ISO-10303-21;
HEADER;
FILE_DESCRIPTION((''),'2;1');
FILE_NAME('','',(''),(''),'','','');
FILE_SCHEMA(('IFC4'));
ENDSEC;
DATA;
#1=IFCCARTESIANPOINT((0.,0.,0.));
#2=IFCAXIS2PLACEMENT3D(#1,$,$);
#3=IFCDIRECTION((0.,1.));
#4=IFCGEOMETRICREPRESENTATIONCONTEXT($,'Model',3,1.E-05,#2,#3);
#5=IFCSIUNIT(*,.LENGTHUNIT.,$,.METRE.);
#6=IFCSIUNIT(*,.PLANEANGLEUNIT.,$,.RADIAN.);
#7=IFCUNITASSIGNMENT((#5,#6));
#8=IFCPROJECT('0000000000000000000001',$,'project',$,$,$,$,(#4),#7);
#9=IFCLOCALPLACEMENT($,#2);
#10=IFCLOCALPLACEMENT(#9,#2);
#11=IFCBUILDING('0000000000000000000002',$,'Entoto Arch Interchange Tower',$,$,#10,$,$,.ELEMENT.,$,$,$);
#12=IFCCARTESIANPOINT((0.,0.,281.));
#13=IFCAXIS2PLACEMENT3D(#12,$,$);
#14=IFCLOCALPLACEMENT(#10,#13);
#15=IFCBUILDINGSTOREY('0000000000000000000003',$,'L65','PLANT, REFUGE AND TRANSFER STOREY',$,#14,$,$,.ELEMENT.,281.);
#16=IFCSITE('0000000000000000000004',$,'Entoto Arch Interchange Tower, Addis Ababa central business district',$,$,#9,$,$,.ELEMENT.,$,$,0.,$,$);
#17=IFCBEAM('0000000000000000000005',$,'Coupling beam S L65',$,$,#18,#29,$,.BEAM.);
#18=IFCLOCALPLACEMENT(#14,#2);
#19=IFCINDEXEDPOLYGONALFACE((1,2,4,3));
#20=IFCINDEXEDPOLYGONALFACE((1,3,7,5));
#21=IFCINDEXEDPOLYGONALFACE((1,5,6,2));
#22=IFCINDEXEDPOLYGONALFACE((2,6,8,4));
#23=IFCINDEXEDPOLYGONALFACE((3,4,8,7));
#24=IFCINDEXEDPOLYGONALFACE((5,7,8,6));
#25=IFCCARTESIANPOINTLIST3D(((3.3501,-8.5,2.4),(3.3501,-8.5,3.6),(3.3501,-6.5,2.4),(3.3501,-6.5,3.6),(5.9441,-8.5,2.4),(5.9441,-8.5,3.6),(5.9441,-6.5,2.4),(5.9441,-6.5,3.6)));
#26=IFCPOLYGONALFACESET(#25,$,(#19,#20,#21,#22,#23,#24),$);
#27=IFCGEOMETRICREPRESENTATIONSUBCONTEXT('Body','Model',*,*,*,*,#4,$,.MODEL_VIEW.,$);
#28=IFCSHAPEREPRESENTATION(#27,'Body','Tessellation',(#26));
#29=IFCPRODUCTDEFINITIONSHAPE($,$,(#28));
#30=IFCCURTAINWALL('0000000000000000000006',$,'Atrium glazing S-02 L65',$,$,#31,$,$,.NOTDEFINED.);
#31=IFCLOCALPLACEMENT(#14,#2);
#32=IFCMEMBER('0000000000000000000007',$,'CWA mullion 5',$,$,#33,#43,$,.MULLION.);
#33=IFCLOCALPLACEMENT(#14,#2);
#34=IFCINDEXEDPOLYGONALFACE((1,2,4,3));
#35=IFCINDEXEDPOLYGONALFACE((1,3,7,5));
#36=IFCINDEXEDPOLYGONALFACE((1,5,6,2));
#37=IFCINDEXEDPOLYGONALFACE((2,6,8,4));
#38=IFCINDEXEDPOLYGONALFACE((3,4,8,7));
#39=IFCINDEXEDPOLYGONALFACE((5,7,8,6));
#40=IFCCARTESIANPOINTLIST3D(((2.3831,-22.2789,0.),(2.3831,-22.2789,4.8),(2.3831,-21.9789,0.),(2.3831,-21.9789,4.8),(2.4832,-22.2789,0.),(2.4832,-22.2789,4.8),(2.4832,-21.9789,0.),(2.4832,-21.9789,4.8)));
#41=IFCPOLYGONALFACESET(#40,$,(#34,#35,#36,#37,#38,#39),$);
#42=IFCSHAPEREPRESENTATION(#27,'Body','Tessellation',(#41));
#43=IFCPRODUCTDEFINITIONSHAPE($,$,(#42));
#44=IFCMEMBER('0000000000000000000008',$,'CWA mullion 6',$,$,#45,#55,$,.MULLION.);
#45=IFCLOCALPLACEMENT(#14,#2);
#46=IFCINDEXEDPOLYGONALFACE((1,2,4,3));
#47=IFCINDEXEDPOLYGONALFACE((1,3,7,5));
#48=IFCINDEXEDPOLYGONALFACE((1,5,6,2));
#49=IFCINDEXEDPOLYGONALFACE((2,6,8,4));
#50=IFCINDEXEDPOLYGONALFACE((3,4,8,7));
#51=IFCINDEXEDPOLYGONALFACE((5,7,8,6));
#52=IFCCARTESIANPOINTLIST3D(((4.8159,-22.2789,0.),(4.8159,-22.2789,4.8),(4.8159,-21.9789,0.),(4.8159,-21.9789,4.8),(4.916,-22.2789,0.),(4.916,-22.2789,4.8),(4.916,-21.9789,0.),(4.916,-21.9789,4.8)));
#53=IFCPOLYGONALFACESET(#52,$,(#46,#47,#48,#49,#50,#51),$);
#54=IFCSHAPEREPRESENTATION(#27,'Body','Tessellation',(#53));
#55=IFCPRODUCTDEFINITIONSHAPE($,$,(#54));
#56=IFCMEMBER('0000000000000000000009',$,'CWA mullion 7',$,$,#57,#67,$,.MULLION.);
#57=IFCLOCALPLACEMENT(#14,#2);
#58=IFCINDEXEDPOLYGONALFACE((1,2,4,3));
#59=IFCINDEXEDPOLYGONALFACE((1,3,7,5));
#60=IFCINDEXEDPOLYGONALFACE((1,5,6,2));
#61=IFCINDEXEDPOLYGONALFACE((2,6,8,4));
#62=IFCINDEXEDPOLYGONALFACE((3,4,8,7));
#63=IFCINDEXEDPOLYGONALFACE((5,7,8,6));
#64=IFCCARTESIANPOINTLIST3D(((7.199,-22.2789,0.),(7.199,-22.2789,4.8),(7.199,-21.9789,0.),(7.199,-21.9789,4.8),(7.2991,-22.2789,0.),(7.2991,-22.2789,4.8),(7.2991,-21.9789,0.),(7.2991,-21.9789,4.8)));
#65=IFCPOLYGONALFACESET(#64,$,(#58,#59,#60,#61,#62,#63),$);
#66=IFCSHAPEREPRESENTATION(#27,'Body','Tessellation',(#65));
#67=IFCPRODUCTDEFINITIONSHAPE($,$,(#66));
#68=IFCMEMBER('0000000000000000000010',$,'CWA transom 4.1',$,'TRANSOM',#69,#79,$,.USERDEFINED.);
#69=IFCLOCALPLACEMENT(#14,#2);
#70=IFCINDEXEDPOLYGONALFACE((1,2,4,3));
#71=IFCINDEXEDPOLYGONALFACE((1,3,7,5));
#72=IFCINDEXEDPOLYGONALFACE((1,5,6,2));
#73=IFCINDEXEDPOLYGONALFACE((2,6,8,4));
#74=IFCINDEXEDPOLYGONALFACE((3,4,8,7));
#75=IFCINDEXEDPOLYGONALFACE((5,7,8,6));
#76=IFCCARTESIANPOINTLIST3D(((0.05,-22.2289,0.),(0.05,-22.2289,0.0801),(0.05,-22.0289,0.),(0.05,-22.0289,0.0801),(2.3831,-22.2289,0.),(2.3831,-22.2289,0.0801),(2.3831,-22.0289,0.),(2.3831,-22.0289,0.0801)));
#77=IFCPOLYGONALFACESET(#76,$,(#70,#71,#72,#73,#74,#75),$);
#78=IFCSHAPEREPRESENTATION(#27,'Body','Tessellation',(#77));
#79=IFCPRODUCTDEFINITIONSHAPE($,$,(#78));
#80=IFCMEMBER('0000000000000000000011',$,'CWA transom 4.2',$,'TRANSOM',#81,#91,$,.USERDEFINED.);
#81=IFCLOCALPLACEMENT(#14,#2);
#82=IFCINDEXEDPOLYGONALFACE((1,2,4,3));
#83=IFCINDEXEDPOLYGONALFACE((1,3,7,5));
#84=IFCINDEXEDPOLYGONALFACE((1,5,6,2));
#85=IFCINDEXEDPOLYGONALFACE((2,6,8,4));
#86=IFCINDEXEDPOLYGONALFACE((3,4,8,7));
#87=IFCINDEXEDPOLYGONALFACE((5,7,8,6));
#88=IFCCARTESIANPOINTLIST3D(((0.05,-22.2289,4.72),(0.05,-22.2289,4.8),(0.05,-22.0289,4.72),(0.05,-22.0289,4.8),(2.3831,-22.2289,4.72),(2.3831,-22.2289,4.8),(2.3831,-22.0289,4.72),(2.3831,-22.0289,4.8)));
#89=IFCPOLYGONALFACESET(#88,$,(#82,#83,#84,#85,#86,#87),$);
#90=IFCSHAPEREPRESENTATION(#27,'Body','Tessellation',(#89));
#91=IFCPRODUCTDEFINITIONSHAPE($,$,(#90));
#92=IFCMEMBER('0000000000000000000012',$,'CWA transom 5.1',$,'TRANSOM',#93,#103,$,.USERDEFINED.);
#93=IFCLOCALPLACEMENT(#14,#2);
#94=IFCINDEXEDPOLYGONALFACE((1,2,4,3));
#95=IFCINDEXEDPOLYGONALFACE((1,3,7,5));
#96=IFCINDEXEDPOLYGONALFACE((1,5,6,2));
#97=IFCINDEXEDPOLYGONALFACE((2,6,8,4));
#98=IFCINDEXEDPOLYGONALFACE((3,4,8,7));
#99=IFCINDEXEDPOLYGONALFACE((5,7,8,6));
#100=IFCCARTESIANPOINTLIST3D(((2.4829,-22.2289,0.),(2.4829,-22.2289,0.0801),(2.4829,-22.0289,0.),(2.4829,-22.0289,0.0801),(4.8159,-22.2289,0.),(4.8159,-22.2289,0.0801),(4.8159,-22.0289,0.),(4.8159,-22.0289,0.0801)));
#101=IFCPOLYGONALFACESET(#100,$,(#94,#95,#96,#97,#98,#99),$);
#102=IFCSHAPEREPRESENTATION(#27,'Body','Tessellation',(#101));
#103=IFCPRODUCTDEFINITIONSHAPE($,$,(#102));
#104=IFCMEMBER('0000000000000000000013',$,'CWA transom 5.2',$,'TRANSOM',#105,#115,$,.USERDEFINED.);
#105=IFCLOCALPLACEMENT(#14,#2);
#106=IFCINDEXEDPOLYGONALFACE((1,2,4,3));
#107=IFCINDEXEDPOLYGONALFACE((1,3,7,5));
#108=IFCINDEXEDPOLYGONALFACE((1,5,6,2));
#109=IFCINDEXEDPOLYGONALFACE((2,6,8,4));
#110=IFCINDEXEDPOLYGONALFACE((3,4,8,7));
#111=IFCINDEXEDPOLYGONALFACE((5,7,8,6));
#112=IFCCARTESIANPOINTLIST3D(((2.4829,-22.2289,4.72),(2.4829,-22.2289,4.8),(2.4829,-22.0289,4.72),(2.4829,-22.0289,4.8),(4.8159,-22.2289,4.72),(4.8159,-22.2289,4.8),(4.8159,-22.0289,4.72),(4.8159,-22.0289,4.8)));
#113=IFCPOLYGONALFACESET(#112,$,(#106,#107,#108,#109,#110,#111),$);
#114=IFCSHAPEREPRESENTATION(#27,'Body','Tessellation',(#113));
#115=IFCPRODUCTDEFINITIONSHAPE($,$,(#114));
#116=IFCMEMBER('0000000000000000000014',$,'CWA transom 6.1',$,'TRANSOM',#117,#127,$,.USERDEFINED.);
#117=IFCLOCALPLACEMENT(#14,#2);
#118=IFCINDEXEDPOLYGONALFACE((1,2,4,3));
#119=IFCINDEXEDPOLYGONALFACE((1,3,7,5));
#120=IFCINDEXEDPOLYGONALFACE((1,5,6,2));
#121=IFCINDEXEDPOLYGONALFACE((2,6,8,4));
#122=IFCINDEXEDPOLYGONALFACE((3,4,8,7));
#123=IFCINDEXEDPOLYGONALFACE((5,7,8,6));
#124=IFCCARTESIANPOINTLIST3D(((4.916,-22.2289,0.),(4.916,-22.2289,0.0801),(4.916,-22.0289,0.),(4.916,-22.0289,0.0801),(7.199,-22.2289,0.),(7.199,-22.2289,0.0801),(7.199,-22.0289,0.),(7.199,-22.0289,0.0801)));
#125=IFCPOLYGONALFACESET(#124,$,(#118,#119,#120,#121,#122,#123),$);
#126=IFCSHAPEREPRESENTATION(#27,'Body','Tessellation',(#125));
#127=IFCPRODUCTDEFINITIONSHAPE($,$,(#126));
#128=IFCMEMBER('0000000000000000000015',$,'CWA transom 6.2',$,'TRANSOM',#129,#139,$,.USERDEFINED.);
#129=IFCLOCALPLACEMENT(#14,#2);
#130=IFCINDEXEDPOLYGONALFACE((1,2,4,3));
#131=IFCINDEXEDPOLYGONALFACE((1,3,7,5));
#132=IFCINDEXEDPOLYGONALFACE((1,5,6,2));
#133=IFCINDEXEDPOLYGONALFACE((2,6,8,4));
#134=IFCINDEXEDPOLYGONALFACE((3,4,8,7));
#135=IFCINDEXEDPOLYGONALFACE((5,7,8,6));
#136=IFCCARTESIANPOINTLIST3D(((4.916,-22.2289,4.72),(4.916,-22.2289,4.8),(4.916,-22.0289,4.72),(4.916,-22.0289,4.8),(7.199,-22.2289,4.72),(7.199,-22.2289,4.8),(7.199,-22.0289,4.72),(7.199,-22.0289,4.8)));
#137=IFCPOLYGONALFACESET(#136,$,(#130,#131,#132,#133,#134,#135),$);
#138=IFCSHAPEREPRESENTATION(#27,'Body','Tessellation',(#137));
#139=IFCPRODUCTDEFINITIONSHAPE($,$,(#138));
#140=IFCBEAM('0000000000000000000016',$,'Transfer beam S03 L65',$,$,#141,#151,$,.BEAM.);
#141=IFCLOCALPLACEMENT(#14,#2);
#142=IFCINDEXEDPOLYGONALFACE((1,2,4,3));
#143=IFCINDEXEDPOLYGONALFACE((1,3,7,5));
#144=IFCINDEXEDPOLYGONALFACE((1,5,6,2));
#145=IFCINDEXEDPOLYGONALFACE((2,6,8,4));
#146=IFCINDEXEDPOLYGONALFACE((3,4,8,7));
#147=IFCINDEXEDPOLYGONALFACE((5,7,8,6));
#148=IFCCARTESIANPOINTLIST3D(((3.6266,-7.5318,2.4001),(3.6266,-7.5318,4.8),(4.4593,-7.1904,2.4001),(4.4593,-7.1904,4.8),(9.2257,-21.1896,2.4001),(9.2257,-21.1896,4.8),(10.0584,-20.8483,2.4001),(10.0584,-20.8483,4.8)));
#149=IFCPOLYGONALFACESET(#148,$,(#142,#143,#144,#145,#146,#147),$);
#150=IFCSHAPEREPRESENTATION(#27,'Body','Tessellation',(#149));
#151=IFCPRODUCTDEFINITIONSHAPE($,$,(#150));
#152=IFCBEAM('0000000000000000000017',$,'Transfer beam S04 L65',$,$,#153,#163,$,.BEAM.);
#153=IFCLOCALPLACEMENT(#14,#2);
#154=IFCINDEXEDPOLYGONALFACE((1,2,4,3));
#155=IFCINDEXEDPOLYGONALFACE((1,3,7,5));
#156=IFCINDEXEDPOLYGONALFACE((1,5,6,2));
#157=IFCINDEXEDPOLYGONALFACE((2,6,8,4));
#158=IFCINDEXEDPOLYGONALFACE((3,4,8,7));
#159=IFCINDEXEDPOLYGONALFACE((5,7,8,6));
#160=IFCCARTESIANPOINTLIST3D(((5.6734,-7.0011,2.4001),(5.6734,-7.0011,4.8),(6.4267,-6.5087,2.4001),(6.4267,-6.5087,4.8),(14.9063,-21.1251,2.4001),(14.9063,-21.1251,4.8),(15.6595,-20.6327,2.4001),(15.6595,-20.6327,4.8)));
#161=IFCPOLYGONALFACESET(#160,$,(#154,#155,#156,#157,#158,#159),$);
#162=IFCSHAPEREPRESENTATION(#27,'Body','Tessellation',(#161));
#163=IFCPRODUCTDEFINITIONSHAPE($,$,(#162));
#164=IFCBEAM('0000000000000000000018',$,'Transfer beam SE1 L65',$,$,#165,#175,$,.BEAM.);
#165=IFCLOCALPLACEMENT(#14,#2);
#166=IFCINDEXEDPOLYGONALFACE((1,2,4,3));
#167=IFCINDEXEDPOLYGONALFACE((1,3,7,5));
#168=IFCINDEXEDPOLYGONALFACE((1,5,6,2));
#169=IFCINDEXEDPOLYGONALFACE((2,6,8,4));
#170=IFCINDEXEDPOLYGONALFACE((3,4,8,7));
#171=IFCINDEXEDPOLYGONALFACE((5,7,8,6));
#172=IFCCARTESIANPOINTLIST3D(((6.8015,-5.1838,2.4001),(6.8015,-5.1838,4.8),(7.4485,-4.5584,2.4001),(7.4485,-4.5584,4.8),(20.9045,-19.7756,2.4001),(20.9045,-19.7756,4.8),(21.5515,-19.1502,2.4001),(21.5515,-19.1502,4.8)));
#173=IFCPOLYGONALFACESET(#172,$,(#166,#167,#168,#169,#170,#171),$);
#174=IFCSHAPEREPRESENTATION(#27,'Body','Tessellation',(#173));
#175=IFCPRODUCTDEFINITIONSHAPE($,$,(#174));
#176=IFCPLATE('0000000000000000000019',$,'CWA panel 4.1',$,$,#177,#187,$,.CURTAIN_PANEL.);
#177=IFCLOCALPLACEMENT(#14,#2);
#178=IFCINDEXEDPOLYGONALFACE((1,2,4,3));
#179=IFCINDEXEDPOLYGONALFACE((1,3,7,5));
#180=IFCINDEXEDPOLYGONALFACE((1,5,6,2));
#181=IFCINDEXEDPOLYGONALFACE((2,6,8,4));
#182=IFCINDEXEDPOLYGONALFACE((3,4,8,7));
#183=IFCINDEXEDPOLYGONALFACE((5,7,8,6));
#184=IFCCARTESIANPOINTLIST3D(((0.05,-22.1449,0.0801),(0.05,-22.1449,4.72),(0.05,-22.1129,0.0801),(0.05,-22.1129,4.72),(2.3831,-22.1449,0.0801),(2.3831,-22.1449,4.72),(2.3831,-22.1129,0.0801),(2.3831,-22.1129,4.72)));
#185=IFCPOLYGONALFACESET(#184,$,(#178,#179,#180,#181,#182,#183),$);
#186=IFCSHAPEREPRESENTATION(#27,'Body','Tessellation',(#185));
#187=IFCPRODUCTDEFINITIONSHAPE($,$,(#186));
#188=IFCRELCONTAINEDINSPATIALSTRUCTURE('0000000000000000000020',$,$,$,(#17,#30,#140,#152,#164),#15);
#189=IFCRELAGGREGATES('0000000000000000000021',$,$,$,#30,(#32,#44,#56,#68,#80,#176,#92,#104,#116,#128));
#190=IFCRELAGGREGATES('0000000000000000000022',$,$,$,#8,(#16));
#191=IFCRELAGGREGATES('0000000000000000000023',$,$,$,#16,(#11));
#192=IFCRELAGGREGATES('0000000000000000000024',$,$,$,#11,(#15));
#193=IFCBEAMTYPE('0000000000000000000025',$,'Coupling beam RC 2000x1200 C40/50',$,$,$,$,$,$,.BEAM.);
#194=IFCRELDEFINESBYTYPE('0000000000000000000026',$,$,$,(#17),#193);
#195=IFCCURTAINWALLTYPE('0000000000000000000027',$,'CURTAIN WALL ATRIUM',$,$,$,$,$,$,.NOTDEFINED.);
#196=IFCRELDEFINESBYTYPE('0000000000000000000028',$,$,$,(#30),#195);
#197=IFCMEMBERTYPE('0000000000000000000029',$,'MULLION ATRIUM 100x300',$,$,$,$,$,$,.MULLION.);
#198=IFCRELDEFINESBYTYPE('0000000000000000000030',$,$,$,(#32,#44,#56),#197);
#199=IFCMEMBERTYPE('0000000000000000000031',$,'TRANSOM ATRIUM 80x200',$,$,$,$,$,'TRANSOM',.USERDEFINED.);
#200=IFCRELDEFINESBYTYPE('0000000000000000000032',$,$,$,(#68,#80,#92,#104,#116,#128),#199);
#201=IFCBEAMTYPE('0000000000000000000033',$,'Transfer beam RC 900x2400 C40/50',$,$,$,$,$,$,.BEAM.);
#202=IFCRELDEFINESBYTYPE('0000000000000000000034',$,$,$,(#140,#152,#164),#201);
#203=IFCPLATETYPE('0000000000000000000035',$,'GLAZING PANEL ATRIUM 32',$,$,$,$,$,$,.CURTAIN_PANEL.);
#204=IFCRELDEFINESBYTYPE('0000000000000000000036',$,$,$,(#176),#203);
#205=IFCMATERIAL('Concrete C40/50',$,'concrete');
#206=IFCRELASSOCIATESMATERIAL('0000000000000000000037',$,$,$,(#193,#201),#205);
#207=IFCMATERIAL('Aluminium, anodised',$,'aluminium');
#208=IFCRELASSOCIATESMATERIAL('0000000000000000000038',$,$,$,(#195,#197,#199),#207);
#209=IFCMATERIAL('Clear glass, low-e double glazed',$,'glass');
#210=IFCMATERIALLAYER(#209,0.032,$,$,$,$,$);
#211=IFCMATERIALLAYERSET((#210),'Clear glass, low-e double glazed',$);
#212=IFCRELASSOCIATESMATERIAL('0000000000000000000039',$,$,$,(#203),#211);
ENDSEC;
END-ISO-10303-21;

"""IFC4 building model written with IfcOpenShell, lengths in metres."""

from ifc_helpers import new_model, si_unit, direction, frame, origin, origin_2d, place, context, subcontext, project, spatial, rectangle, extrude, material, layer, layer_set, material_profile, profile_set, type_object, element, aggregate, save


model = new_model("IFC4")

# Units and contexts
model_context = context("Model", 3, precision=1e-05, world=origin(), true_north=direction((0.0, 1.0)))
body_context = subcontext(model_context, "Body", "Model", "MODEL_VIEW")
ifc_project = project(units=[si_unit("LENGTHUNIT", "METRE"), si_unit("PLANEANGLEUNIT", "RADIAN")], contexts=[model_context])

# Site, building, storey
site_placement = place(None, origin())
site = spatial("IfcSite", under=ifc_project, at=site_placement, Name="Entoto Arch Interchange Tower, Addis Ababa central business district", CompositionType="ELEMENT", RefElevation=0.0)
building_placement = place(site_placement, origin())
building = spatial("IfcBuilding", under=site, at=building_placement, Name="Entoto Arch Interchange Tower", CompositionType="ELEMENT")
storey_placement = place(building_placement, frame((0.0, 0.0, 281.0)))
storey = spatial("IfcBuildingStorey", under=building, at=storey_placement, Name="L65", Description="PLANT, REFUGE AND TRANSFER STOREY", CompositionType="ELEMENT", Elevation=281.0)

# Beam
ifc_material_1 = material(Name="Concrete C40/50", Category="concrete")
ifc_material_profile_1 = material_profile(ifc_material_1, rectangle(XDim=2.0, YDim=1.2, at=origin_2d()))
ifc_profile_set_1 = profile_set([ifc_material_profile_1], Name="Concrete C40/50")
beam_type_1 = type_object("IfcBeamType", Name="Coupling beam RC 2000x1200 C40/50", PredefinedType="BEAM", material=ifc_profile_set_1)
beam_1_placement = place(storey_placement, frame((3.3501, -7.5, 3.0), z_axis=(1.0, 0.0, 0.0), x_axis=(0.0, 1.0, 0.0)))
element("IfcBeam", 1, at=beam_1_placement, inside=storey, type_object=beam_type_1, Name="Coupling beam S L65", PredefinedType="BEAM", context=body_context, shape_type="SweptSolid", body=[
    extrude(rectangle(XDim=2.0, YDim=1.2, at=origin_2d()), origin(), (0.0, 0.0, 1.0), 2.594),
])

# Curtain wall, members
ifc_material_2 = material(Name="Aluminium, anodised", Category="aluminium")
curtain_wall_type = type_object("IfcCurtainWallType", Name="CURTAIN WALL ATRIUM", PredefinedType="NOTDEFINED", material=ifc_material_2)
curtain_wall_placement = place(storey_placement, origin())
curtain_wall = element("IfcCurtainWall", 2, at=curtain_wall_placement, inside=storey, type_object=curtain_wall_type, Name="Atrium glazing S-02 L65", PredefinedType="NOTDEFINED")
ifc_material_profile_2 = material_profile(ifc_material_2, rectangle(XDim=0.3, YDim=0.1001, at=origin_2d()))
ifc_profile_set_2 = profile_set([ifc_material_profile_2], Name="Aluminium, anodised")
member_type_1 = type_object("IfcMemberType", Name="MULLION ATRIUM 100x300", PredefinedType="MULLION", material=ifc_profile_set_2)
member_1_placement = place(storey_placement, frame((2.4331, -22.1289, 0.0), z_axis=(0.0, 0.0, 1.0), x_axis=(0.0, 1.0, 0.0)))
member_1 = element("IfcMember", 3, at=member_1_placement, type_object=member_type_1, Name="CWA mullion 5", PredefinedType="MULLION", context=body_context, shape_type="SweptSolid", body=[
    extrude(rectangle(XDim=0.3, YDim=0.1001, at=origin_2d()), origin(), (0.0, 0.0, 1.0), 4.8),
])
member_2_placement = place(storey_placement, frame((4.866, -22.1289, 0.0), z_axis=(0.0, 0.0, 1.0), x_axis=(0.0, 1.0, 0.0)))
member_2 = element("IfcMember", 4, at=member_2_placement, type_object=member_type_1, Name="CWA mullion 6", PredefinedType="MULLION", context=body_context, shape_type="SweptSolid", body=[
    extrude(rectangle(XDim=0.3, YDim=0.1001, at=origin_2d()), origin(), (0.0, 0.0, 1.0), 4.8),
])
member_3_placement = place(storey_placement, frame((7.249, -22.1289, 0.0), z_axis=(0.0, 0.0, 1.0), x_axis=(0.0, 1.0, 0.0)))
member_3 = element("IfcMember", 5, at=member_3_placement, type_object=member_type_1, Name="CWA mullion 7", PredefinedType="MULLION", context=body_context, shape_type="SweptSolid", body=[
    extrude(rectangle(XDim=0.3, YDim=0.1001, at=origin_2d()), origin(), (0.0, 0.0, 1.0), 4.8),
])
ifc_material_profile_3 = material_profile(ifc_material_2, rectangle(XDim=0.2, YDim=0.0801, at=origin_2d()))
ifc_profile_set_3 = profile_set([ifc_material_profile_3], Name="Aluminium, anodised")
member_type_2 = type_object("IfcMemberType", Name="TRANSOM ATRIUM 80x200", ElementType="TRANSOM", PredefinedType="USERDEFINED", material=ifc_profile_set_3)
member_4_placement = place(storey_placement, frame((0.05, -22.1289, 0.04), z_axis=(1.0, 0.0, 0.0), x_axis=(0.0, 1.0, 0.0)))
member_4 = element("IfcMember", 6, at=member_4_placement, type_object=member_type_2, Name="CWA transom 4.1", ObjectType="TRANSOM", PredefinedType="USERDEFINED", context=body_context, shape_type="SweptSolid", body=[
    extrude(rectangle(XDim=0.2, YDim=0.0801, at=origin_2d()), origin(), (0.0, 0.0, 1.0), 2.333),
])
member_5_placement = place(storey_placement, frame((0.05, -22.1289, 4.76), z_axis=(1.0, 0.0, 0.0), x_axis=(0.0, 1.0, 0.0)))
member_5 = element("IfcMember", 7, at=member_5_placement, type_object=member_type_2, Name="CWA transom 4.2", ObjectType="TRANSOM", PredefinedType="USERDEFINED", context=body_context, shape_type="SweptSolid", body=[
    extrude(rectangle(XDim=0.2, YDim=0.0801, at=origin_2d()), origin(), (0.0, 0.0, 1.0), 2.333),
])
member_6_placement = place(storey_placement, frame((2.4829, -22.1289, 0.04), z_axis=(1.0, 0.0, 0.0), x_axis=(0.0, 1.0, 0.0)))
member_6 = element("IfcMember", 8, at=member_6_placement, type_object=member_type_2, Name="CWA transom 5.1", ObjectType="TRANSOM", PredefinedType="USERDEFINED", context=body_context, shape_type="SweptSolid", body=[
    extrude(rectangle(XDim=0.2, YDim=0.0801, at=origin_2d()), origin(), (0.0, 0.0, 1.0), 2.333),
])
member_7_placement = place(storey_placement, frame((2.4829, -22.1289, 4.76), z_axis=(1.0, 0.0, 0.0), x_axis=(0.0, 1.0, 0.0)))
member_7 = element("IfcMember", 9, at=member_7_placement, type_object=member_type_2, Name="CWA transom 5.2", ObjectType="TRANSOM", PredefinedType="USERDEFINED", context=body_context, shape_type="SweptSolid", body=[
    extrude(rectangle(XDim=0.2, YDim=0.0801, at=origin_2d()), origin(), (0.0, 0.0, 1.0), 2.333),
])
member_8_placement = place(storey_placement, frame((4.916, -22.1289, 0.04), z_axis=(1.0, 0.0, 0.0), x_axis=(0.0, 1.0, 0.0)))
member_8 = element("IfcMember", 10, at=member_8_placement, type_object=member_type_2, Name="CWA transom 6.1", ObjectType="TRANSOM", PredefinedType="USERDEFINED", context=body_context, shape_type="SweptSolid", body=[
    extrude(rectangle(XDim=0.2, YDim=0.0801, at=origin_2d()), origin(), (0.0, 0.0, 1.0), 2.283),
])
member_9_placement = place(storey_placement, frame((4.916, -22.1289, 4.76), z_axis=(1.0, 0.0, 0.0), x_axis=(0.0, 1.0, 0.0)))
member_9 = element("IfcMember", 11, at=member_9_placement, type_object=member_type_2, Name="CWA transom 6.2", ObjectType="TRANSOM", PredefinedType="USERDEFINED", context=body_context, shape_type="SweptSolid", body=[
    extrude(rectangle(XDim=0.2, YDim=0.0801, at=origin_2d()), origin(), (0.0, 0.0, 1.0), 2.283),
])

# Beams
ifc_material_profile_4 = material_profile(ifc_material_1, rectangle(XDim=0.8999, YDim=2.3999, at=origin_2d()))
ifc_profile_set_4 = profile_set([ifc_material_profile_4], Name="Concrete C40/50")
beam_type_2 = type_object("IfcBeamType", Name="Transfer beam RC 900x2400 C40/50", PredefinedType="BEAM", material=ifc_profile_set_4)
beam_2_placement = place(storey_placement, frame((4.043, -7.3611, 3.6001), z_axis=(0.379316, -0.925267, 0.0), x_axis=(0.925267, 0.379316, 0.0)))
element("IfcBeam", 12, at=beam_2_placement, inside=storey, type_object=beam_type_2, Name="Transfer beam S03 L65", PredefinedType="BEAM", context=body_context, shape_type="SweptSolid", body=[
    extrude(rectangle(XDim=0.8999, YDim=2.3999, at=origin_2d()), origin(), (0.0, 0.0, 1.0), 14.761),
])
beam_3_placement = place(storey_placement, frame((6.05, -6.7549, 3.6001), z_axis=(0.547165, -0.837025, 0.0), x_axis=(0.837025, 0.547165, 0.0)))
element("IfcBeam", 13, at=beam_3_placement, inside=storey, type_object=beam_type_2, Name="Transfer beam S04 L65", PredefinedType="BEAM", context=body_context, shape_type="SweptSolid", body=[
    extrude(rectangle(XDim=0.8999, YDim=2.3999, at=origin_2d()), origin(), (0.0, 0.0, 1.0), 16.874),
])
beam_4_placement = place(storey_placement, frame((7.125, -4.8711, 3.6001), z_axis=(0.694962, -0.719047, 0.0), x_axis=(0.719047, 0.694962, 0.0)))
element("IfcBeam", 14, at=beam_4_placement, inside=storey, type_object=beam_type_2, Name="Transfer beam SE1 L65", PredefinedType="BEAM", context=body_context, shape_type="SweptSolid", body=[
    extrude(rectangle(XDim=0.8999, YDim=2.3999, at=origin_2d()), origin(), (0.0, 0.0, 1.0), 20.2932),
])

# Plate
ifc_material_3 = material(Name="Clear glass, low-e double glazed", Category="glass")
ifc_layer_1 = layer(ifc_material_3, 0.032)
ifc_layer_set_1 = layer_set([ifc_layer_1], Name="Clear glass, low-e double glazed")
plate_type = type_object("IfcPlateType", Name="GLAZING PANEL ATRIUM 32", PredefinedType="CURTAIN_PANEL", material=ifc_layer_set_1)
plate_1_placement = place(storey_placement, frame((1.2166, -22.1289, 0.0801), z_axis=(0.0, 0.0, 1.0), x_axis=(1.0, 0.0, 0.0)))
plate_1 = element("IfcPlate", 15, at=plate_1_placement, type_object=plate_type, Name="CWA panel 4.1", PredefinedType="CURTAIN_PANEL", context=body_context, shape_type="SweptSolid", body=[
    extrude(rectangle(XDim=2.333, YDim=0.032, at=origin_2d()), origin(), (0.0, 0.0, 1.0), 4.6399),
])
aggregate(curtain_wall, [member_1, member_2, member_3, member_4, member_5, plate_1, member_6, member_7, member_8, member_9])

save(model, "model.ifc")
